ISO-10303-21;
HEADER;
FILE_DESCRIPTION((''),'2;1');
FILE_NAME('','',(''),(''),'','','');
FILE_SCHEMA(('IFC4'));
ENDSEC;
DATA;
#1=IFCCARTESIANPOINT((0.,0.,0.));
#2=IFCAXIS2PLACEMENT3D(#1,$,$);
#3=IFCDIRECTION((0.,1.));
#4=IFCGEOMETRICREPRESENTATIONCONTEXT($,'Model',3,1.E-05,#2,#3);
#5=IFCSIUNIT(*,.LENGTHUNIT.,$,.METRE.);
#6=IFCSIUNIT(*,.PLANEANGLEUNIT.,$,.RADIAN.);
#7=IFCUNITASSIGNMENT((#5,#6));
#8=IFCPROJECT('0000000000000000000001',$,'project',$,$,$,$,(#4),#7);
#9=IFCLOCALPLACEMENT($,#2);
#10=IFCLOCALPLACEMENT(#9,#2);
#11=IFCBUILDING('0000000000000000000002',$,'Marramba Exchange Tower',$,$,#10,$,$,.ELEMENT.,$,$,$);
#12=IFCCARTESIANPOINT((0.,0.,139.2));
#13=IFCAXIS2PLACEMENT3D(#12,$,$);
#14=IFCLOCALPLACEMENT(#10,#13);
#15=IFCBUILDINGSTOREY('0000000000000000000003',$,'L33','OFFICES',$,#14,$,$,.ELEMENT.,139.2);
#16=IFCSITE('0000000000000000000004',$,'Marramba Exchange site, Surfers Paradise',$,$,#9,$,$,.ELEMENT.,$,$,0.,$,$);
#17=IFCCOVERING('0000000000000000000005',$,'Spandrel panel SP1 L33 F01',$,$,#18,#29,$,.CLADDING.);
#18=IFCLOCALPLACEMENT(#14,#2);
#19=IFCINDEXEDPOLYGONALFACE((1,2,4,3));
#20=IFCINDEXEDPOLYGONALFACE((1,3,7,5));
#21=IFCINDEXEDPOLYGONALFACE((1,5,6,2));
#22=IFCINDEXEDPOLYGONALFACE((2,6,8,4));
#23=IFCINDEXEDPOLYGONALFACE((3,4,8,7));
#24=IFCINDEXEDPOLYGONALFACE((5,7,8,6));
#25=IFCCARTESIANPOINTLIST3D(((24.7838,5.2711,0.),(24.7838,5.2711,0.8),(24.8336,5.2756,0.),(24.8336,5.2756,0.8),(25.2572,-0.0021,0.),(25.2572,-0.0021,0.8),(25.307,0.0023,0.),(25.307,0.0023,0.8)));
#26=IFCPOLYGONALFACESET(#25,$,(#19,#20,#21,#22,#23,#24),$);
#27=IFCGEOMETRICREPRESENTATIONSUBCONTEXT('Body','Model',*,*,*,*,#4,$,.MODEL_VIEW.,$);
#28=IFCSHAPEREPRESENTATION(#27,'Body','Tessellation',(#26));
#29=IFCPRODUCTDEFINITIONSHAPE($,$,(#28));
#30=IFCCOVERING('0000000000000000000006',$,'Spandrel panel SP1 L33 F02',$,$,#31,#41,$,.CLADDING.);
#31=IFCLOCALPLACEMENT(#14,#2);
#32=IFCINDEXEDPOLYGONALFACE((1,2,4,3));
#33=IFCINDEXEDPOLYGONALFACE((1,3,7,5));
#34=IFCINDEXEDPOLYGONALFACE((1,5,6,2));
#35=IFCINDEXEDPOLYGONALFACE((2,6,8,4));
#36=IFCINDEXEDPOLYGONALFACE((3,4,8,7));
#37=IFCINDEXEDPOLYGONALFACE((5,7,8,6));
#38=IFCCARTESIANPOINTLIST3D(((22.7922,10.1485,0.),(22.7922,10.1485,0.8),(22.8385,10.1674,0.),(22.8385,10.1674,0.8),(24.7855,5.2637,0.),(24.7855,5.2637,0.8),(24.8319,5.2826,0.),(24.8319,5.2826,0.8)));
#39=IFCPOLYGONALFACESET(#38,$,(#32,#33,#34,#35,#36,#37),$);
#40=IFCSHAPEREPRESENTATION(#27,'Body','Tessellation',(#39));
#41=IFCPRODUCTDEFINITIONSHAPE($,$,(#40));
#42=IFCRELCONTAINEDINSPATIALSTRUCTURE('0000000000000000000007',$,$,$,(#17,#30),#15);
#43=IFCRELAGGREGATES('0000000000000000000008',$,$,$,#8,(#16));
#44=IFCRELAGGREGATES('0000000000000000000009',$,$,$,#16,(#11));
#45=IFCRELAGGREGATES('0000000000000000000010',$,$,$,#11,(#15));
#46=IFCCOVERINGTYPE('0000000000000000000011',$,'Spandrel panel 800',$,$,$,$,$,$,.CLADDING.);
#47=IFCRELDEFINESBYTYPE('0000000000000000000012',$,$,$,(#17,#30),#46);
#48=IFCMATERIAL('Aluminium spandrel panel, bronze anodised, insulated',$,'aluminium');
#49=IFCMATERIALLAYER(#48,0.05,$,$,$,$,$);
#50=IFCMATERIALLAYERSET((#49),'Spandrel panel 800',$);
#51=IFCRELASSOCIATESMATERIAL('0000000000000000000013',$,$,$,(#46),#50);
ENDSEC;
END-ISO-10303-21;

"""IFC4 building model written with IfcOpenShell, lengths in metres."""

from ifc_helpers import new_model, si_unit, direction, frame, origin, origin_2d, place, context, subcontext, project, spatial, rectangle, extrude, material, layer, layer_set, type_object, element, save


model = new_model("IFC4")

# Units and contexts
model_context = context("Model", 3, precision=1e-05, world=origin(), true_north=direction((0.0, 1.0)))
body_context = subcontext(model_context, "Body", "Model", "MODEL_VIEW")
ifc_project = project(units=[si_unit("LENGTHUNIT", "METRE"), si_unit("PLANEANGLEUNIT", "RADIAN")], contexts=[model_context])

# Site, building, storey
site_placement = place(None, origin())
site = spatial("IfcSite", under=ifc_project, at=site_placement, Name="Marramba Exchange site, Surfers Paradise", CompositionType="ELEMENT", RefElevation=0.0)
building_placement = place(site_placement, origin())
building = spatial("IfcBuilding", under=site, at=building_placement, Name="Marramba Exchange Tower", CompositionType="ELEMENT")
storey_placement = place(building_placement, frame((0.0, 0.0, 139.2)))
storey = spatial("IfcBuildingStorey", under=building, at=storey_placement, Name="L33", Description="OFFICES", CompositionType="ELEMENT", Elevation=139.2)

# Coverings
ifc_material_1 = material(Name="Aluminium spandrel panel, bronze anodised, insulated", Category="aluminium")
ifc_layer_1 = layer(ifc_material_1, 0.05)
ifc_layer_set_1 = layer_set([ifc_layer_1], Name="Spandrel panel 800")
covering_type = type_object("IfcCoveringType", Name="Spandrel panel 800", PredefinedType="CLADDING", material=ifc_layer_set_1)
covering_1_placement = place(storey_placement, frame((25.0454, 2.6367, 0.0), z_axis=(0.0, 0.0, 1.0), x_axis=(-0.089413, 0.995995, 0.0)))
element("IfcCovering", 1, at=covering_1_placement, inside=storey, type_object=covering_type, Name="Spandrel panel SP1 L33 F01", PredefinedType="CLADDING", context=body_context, shape_type="SweptSolid", body=[
    extrude(rectangle(XDim=5.2944, YDim=0.05, at=origin_2d()), origin(), (0.0, 0.0, 1.0), 0.8),
])
covering_2_placement = place(storey_placement, frame((23.812, 7.7156, 0.0), z_axis=(0.0, 0.0, 1.0), x_axis=(-0.377821, 0.925879, 0.0)))
element("IfcCovering", 2, at=covering_2_placement, inside=storey, type_object=covering_type, Name="Spandrel panel SP1 L33 F02", PredefinedType="CLADDING", context=body_context, shape_type="SweptSolid", body=[
    extrude(rectangle(XDim=5.2759, YDim=0.05, at=origin_2d()), origin(), (0.0, 0.0, 1.0), 0.8),
])

save(model, "model.ifc")
